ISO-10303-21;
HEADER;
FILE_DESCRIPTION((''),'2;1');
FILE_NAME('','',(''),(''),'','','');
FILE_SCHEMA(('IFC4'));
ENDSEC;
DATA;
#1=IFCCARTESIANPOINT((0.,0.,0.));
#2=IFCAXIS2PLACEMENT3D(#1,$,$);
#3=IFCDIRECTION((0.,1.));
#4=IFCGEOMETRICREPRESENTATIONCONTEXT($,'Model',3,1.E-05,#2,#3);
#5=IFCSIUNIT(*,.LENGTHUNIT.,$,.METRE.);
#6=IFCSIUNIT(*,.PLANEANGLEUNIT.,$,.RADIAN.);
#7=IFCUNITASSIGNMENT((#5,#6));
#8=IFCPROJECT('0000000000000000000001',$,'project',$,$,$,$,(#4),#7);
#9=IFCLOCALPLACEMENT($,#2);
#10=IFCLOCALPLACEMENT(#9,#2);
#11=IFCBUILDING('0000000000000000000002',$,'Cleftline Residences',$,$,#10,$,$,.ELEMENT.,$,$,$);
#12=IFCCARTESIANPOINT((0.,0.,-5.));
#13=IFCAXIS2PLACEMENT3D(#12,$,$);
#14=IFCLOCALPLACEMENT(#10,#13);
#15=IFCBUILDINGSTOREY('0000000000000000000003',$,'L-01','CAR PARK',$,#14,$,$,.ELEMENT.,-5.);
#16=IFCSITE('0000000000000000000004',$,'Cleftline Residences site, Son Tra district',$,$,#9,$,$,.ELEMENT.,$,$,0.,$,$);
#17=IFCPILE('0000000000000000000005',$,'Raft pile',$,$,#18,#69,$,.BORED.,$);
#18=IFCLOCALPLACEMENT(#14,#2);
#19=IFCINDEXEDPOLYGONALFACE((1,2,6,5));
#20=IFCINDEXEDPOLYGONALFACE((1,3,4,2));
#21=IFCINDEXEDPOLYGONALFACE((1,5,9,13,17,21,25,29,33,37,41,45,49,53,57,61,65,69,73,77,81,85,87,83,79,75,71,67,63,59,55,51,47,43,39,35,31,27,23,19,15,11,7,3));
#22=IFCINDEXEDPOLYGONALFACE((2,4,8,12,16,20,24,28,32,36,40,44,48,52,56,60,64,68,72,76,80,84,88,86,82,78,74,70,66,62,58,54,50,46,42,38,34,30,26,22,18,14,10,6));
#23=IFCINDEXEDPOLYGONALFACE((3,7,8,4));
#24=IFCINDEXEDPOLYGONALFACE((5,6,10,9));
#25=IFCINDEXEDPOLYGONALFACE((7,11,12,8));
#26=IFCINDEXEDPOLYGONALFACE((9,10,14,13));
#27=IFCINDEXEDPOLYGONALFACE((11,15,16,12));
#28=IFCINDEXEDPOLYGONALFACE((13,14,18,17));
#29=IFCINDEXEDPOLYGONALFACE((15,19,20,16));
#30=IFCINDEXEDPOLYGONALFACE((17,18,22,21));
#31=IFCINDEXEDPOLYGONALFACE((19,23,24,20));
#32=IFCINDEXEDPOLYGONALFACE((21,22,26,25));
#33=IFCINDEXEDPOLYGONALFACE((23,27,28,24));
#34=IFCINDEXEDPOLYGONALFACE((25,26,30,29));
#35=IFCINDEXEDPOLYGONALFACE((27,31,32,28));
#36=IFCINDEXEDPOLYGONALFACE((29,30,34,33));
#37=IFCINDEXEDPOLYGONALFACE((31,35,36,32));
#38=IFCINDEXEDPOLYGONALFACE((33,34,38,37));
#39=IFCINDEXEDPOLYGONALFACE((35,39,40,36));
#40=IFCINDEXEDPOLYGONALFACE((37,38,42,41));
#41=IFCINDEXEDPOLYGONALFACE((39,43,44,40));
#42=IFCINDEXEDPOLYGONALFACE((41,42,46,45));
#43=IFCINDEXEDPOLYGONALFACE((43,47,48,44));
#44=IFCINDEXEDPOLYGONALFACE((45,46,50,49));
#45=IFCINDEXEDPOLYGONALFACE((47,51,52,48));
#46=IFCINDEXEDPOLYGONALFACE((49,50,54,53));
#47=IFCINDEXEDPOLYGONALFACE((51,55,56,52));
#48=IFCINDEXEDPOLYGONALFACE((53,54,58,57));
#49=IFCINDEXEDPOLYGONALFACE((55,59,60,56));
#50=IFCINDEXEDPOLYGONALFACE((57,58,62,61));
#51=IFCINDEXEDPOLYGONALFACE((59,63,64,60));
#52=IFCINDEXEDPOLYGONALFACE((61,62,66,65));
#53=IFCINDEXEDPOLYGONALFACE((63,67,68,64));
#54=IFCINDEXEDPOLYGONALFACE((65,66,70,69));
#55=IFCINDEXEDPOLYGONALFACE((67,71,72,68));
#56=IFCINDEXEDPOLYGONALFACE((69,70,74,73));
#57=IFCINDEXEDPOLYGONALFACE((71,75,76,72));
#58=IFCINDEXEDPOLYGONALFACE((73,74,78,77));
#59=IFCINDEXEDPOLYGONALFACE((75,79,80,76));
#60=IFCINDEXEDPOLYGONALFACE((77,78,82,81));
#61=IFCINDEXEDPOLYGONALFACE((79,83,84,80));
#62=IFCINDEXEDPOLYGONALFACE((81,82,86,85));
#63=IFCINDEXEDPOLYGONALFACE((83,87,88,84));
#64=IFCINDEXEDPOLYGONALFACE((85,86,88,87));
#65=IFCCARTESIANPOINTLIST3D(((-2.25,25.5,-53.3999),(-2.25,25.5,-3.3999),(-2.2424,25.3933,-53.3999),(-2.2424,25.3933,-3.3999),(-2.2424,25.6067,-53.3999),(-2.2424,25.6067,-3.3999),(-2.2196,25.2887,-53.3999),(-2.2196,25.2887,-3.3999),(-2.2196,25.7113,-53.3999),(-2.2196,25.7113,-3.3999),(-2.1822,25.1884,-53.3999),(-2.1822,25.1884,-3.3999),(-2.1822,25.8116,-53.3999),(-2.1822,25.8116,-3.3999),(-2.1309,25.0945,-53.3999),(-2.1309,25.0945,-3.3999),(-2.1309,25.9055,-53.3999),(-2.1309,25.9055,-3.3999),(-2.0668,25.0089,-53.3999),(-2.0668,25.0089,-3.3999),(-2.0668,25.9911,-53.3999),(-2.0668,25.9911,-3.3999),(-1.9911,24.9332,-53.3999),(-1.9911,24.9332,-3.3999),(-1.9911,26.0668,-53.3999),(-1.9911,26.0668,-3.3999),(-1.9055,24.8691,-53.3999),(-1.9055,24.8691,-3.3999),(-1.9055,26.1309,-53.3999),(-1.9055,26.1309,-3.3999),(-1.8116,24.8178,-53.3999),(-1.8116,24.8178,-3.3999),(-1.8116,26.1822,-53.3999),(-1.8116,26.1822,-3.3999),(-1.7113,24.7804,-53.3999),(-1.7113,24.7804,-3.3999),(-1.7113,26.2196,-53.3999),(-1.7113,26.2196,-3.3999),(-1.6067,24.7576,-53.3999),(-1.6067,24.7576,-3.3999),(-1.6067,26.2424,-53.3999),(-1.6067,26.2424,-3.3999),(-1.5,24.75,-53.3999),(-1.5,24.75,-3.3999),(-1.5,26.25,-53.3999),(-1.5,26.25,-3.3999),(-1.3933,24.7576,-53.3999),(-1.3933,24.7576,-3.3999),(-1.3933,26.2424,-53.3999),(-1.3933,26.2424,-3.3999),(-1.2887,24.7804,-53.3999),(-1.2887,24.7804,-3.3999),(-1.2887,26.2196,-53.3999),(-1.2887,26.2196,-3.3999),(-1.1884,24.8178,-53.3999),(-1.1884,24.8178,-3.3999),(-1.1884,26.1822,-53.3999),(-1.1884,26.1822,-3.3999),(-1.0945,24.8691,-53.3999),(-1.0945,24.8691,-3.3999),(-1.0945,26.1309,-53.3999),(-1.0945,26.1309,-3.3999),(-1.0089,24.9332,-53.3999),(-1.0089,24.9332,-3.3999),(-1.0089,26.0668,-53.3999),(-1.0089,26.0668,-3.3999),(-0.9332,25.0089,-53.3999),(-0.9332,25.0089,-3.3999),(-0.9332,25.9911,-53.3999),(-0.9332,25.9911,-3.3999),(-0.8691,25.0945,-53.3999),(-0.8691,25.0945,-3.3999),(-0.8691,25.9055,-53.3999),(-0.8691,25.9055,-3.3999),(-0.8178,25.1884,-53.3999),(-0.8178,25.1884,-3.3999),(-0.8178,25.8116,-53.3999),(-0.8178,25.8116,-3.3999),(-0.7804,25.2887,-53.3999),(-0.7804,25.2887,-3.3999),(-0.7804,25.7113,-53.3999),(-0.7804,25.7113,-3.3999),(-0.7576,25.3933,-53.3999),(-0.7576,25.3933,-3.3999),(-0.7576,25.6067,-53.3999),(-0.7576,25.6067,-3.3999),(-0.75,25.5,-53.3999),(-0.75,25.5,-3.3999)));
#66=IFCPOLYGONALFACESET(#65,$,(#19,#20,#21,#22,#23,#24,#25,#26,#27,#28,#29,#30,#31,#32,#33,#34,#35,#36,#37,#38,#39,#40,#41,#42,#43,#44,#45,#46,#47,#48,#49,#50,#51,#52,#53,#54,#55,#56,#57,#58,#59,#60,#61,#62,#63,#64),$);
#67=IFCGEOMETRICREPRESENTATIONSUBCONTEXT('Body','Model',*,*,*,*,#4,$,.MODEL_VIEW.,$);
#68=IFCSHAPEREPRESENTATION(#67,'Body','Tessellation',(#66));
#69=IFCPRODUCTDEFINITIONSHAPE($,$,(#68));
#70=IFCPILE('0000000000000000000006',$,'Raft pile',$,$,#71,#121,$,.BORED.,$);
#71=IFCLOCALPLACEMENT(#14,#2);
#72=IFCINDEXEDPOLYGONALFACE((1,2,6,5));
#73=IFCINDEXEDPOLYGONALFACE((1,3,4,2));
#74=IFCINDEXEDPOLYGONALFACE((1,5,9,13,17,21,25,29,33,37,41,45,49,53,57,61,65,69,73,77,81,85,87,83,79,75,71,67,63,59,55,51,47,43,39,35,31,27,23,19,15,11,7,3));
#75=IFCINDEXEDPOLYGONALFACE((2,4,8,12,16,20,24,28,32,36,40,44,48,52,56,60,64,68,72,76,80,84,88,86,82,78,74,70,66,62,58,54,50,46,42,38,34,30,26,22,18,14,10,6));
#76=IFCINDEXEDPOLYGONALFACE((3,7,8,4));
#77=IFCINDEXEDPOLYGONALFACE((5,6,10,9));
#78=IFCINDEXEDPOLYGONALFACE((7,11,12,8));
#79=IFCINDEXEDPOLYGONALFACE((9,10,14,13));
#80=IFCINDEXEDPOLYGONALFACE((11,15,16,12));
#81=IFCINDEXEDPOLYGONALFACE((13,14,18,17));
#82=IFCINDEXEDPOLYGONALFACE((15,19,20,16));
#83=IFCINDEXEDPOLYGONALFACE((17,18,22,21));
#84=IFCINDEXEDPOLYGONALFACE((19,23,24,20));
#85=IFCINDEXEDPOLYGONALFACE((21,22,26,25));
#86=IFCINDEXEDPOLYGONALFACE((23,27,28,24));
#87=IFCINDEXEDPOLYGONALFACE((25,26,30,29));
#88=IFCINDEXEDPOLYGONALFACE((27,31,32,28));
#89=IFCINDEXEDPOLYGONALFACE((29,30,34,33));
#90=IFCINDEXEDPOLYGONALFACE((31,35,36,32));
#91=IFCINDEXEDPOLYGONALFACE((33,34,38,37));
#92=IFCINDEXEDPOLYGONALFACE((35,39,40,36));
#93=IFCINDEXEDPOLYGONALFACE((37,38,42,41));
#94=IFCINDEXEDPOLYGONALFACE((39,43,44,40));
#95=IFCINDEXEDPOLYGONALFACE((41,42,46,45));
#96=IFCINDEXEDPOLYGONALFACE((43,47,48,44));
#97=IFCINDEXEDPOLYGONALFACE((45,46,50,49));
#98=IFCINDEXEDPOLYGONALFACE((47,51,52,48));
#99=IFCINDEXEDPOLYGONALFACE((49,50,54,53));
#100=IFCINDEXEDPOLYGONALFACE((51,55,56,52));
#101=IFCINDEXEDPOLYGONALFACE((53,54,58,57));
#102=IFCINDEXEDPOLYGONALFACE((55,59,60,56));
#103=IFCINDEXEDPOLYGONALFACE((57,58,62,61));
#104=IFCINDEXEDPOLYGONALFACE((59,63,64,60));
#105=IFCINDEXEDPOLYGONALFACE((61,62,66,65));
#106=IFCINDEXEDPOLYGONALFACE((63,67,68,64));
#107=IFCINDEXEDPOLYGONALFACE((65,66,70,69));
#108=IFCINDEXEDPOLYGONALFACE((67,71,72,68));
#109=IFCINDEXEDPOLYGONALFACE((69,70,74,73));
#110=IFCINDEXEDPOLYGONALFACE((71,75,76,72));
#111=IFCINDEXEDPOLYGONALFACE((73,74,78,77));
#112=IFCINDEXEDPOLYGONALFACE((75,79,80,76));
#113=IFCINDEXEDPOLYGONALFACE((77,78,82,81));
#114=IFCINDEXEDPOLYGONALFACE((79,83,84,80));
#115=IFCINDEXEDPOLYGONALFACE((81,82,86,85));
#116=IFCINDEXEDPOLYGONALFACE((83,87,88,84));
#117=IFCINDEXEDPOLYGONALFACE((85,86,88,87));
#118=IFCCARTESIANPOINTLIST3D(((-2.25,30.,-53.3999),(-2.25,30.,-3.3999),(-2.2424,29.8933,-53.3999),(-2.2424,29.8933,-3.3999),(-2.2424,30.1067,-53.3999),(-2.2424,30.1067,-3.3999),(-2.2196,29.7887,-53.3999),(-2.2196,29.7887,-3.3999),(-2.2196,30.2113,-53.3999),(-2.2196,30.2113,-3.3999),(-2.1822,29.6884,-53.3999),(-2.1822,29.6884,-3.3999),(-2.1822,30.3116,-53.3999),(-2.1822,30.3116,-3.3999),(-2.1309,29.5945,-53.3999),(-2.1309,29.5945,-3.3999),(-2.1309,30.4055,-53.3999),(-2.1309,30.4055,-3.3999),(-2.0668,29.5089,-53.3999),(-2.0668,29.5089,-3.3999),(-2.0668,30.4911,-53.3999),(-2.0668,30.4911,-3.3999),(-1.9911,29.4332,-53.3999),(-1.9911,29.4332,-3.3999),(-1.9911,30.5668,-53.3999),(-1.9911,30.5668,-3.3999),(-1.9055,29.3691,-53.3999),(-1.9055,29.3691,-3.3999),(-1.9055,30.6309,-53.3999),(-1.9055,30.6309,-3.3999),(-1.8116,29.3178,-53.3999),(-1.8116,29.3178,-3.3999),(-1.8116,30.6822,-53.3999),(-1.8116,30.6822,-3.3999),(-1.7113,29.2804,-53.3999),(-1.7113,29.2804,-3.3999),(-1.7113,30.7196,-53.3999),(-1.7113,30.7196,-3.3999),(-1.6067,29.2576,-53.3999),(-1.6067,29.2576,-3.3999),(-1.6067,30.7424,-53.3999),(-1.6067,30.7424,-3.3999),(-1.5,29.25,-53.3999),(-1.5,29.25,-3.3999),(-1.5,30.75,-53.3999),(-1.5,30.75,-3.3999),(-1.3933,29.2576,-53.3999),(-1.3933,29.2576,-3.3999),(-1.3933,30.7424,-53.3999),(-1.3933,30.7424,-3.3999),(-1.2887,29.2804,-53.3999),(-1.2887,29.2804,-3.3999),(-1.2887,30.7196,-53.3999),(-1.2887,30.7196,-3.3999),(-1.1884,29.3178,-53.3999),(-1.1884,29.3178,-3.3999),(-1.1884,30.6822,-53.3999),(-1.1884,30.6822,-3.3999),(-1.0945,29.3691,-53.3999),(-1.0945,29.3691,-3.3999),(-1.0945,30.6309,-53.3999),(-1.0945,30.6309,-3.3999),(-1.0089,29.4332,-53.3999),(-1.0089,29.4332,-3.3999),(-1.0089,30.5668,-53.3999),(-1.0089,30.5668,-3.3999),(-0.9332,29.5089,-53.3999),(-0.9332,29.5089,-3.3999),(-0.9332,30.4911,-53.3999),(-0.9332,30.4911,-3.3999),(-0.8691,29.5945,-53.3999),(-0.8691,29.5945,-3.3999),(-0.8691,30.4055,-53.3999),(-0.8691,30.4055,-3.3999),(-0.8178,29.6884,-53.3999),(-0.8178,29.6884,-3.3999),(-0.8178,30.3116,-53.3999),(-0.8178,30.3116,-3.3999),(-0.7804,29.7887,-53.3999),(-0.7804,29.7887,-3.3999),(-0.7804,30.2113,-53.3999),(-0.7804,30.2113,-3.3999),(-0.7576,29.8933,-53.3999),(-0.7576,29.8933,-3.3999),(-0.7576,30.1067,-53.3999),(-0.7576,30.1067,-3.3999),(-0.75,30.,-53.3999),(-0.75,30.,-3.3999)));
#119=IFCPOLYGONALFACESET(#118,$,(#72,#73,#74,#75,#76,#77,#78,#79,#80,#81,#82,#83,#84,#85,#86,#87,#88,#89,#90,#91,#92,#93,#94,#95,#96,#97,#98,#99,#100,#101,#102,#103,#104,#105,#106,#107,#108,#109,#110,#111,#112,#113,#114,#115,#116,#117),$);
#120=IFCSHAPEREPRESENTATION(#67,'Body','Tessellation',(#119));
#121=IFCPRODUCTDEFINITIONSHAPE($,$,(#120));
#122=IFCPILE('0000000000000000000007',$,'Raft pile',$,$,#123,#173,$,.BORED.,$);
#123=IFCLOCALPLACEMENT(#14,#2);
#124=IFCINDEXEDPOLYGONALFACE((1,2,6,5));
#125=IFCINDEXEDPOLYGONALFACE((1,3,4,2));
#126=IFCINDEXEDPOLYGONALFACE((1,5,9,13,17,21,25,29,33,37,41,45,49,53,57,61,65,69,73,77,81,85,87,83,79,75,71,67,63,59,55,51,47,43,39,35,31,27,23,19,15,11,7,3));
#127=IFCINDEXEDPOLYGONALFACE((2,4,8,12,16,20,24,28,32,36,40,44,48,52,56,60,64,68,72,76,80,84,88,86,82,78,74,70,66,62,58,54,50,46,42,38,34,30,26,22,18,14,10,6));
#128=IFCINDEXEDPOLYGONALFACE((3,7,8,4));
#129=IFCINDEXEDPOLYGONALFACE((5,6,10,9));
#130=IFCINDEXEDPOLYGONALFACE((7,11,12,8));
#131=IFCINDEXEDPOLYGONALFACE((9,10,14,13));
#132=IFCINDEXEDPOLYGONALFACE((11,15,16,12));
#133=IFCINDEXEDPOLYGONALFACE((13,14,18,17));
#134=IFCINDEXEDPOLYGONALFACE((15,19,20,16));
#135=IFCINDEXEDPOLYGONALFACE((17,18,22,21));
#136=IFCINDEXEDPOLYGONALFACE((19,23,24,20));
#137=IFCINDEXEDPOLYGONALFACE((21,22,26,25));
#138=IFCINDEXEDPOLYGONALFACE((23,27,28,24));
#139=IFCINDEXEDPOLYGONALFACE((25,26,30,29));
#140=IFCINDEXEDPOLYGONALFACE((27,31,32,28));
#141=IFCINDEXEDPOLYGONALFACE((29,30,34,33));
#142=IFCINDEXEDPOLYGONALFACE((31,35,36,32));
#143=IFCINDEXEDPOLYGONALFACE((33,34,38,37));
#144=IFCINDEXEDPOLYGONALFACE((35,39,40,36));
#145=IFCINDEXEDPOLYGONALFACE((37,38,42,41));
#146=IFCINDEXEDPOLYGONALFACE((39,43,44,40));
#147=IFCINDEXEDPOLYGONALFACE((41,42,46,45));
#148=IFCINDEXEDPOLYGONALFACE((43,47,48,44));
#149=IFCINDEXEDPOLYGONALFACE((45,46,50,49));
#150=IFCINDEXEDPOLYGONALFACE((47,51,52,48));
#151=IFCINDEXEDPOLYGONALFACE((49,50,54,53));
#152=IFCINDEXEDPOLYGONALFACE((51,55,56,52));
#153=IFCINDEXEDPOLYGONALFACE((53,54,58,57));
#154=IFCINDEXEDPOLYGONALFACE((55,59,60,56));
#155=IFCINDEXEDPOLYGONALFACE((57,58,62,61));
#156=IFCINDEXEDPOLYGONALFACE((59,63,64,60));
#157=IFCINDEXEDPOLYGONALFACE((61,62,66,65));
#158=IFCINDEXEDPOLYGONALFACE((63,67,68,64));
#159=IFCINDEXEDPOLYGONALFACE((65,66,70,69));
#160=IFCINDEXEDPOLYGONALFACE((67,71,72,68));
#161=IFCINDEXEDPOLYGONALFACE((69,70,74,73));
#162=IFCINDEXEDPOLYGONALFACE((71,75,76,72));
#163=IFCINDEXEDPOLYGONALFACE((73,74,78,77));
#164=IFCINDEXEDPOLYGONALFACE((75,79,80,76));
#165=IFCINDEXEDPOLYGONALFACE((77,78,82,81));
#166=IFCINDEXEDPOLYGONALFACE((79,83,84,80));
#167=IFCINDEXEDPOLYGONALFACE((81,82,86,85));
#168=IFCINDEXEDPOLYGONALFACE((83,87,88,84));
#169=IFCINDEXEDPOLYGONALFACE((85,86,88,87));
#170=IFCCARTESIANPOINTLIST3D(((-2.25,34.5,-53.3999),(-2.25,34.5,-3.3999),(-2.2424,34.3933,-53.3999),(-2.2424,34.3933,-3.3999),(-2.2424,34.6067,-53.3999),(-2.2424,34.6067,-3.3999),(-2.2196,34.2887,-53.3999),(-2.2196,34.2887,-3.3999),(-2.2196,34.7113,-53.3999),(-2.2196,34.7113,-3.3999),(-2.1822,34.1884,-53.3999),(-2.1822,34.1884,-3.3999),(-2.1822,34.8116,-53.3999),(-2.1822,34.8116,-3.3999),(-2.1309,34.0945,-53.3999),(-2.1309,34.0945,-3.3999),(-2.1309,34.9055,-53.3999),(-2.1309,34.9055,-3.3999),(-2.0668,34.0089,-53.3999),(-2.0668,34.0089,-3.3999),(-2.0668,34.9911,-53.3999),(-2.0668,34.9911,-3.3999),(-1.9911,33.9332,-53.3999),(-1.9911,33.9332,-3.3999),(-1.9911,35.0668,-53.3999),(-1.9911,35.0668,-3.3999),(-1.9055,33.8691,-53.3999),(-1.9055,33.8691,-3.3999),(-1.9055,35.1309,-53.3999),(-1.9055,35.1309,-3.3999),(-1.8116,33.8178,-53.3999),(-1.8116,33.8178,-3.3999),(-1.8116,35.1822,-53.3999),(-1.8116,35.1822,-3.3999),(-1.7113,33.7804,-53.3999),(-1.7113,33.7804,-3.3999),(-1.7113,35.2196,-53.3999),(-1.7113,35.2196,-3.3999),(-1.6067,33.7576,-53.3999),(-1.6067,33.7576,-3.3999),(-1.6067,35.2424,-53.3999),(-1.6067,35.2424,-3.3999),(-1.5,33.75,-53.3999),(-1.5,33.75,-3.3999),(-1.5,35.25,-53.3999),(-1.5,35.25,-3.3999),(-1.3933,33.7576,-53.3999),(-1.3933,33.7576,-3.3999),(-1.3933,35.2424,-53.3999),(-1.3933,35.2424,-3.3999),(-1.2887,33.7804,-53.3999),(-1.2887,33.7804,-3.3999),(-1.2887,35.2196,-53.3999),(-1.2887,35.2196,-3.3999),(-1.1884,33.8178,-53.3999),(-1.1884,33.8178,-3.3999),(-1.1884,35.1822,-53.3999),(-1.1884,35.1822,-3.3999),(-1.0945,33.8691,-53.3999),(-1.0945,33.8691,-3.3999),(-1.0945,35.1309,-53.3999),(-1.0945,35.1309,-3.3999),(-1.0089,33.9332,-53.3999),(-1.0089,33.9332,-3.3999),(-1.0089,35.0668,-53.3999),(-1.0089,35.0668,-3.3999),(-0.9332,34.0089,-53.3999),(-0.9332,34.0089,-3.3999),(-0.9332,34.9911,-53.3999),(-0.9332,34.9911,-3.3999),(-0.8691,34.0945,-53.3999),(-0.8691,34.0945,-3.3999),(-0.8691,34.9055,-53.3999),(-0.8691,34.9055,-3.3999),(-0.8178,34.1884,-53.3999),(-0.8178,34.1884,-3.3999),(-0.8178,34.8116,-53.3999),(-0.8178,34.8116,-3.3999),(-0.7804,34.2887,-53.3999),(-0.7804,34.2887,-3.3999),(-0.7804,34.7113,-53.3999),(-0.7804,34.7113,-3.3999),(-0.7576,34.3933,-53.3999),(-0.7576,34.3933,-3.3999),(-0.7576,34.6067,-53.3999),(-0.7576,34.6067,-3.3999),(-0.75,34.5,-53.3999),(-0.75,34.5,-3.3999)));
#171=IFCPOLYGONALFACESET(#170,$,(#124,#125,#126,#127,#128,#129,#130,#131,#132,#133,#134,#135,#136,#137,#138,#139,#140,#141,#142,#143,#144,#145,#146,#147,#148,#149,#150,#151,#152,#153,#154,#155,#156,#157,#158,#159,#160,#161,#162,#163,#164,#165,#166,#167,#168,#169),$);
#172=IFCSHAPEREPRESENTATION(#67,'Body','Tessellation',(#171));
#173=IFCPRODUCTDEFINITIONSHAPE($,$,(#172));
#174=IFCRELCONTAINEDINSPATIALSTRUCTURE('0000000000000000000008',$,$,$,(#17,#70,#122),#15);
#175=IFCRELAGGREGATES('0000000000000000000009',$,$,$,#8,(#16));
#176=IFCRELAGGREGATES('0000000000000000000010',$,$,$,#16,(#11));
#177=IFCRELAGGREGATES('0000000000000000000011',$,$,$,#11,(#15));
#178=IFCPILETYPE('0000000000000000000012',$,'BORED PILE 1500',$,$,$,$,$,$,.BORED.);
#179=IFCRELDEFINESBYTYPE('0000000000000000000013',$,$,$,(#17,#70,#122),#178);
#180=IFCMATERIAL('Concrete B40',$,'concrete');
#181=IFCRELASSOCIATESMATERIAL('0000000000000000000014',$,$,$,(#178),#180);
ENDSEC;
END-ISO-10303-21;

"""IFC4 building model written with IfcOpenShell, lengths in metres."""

from ifc_helpers import new_model, si_unit, direction, frame, origin, origin_2d, place, context, subcontext, project, spatial, circle, extrude, material, material_profile, profile_set, type_object, element, save


model = new_model("IFC4")

# Units and contexts
model_context = context("Model", 3, precision=1e-05, world=origin(), true_north=direction((0.0, 1.0)))
body_context = subcontext(model_context, "Body", "Model", "MODEL_VIEW")
ifc_project = project(units=[si_unit("LENGTHUNIT", "METRE"), si_unit("PLANEANGLEUNIT", "RADIAN")], contexts=[model_context])

# Site, building, storey
site_placement = place(None, origin())
site = spatial("IfcSite", under=ifc_project, at=site_placement, Name="Cleftline Residences site, Son Tra district", CompositionType="ELEMENT", RefElevation=0.0)
building_placement = place(site_placement, origin())
building = spatial("IfcBuilding", under=site, at=building_placement, Name="Cleftline Residences", CompositionType="ELEMENT")
storey_placement = place(building_placement, frame((0.0, 0.0, -5.0)))
storey = spatial("IfcBuildingStorey", under=building, at=storey_placement, Name="L-01", Description="CAR PARK", CompositionType="ELEMENT", Elevation=-5.0)

# Piles
ifc_material_1 = material(Name="Concrete B40", Category="concrete")
ifc_material_profile_1 = material_profile(ifc_material_1, circle(Radius=0.75, at=origin_2d()))
ifc_profile_set_1 = profile_set([ifc_material_profile_1], Name="Concrete B40")
pile_type_1 = type_object("IfcPileType", Name="BORED PILE 1500", PredefinedType="BORED", material=ifc_profile_set_1)
for number, where, z_axis, x_axis, name in (
    (1, (-1.5, 25.5, -3.3999), (0.0, 0.0, -1.0), (1.0, 0.0, 0.0), "Raft pile"),
    (2, (-1.5, 30.0, -3.3999), (0.0, 0.0, -1.0), (1.0, 0.0, 0.0), "Raft pile"),
    (3, (-1.5, 34.5, -3.3999), (0.0, 0.0, -1.0), (1.0, 0.0, 0.0), "Raft pile"),
):
    element("IfcPile", number, at=place(storey_placement, frame(where, z_axis=z_axis, x_axis=x_axis)), inside=storey, type_object=pile_type_1, Name=name, PredefinedType="BORED", context=body_context, shape_type="SweptSolid", body=[
        extrude(circle(Radius=0.75, at=origin_2d()), origin(), (0.0, 0.0, 1.0), 50.0),
    ])

save(model, "model.ifc")
